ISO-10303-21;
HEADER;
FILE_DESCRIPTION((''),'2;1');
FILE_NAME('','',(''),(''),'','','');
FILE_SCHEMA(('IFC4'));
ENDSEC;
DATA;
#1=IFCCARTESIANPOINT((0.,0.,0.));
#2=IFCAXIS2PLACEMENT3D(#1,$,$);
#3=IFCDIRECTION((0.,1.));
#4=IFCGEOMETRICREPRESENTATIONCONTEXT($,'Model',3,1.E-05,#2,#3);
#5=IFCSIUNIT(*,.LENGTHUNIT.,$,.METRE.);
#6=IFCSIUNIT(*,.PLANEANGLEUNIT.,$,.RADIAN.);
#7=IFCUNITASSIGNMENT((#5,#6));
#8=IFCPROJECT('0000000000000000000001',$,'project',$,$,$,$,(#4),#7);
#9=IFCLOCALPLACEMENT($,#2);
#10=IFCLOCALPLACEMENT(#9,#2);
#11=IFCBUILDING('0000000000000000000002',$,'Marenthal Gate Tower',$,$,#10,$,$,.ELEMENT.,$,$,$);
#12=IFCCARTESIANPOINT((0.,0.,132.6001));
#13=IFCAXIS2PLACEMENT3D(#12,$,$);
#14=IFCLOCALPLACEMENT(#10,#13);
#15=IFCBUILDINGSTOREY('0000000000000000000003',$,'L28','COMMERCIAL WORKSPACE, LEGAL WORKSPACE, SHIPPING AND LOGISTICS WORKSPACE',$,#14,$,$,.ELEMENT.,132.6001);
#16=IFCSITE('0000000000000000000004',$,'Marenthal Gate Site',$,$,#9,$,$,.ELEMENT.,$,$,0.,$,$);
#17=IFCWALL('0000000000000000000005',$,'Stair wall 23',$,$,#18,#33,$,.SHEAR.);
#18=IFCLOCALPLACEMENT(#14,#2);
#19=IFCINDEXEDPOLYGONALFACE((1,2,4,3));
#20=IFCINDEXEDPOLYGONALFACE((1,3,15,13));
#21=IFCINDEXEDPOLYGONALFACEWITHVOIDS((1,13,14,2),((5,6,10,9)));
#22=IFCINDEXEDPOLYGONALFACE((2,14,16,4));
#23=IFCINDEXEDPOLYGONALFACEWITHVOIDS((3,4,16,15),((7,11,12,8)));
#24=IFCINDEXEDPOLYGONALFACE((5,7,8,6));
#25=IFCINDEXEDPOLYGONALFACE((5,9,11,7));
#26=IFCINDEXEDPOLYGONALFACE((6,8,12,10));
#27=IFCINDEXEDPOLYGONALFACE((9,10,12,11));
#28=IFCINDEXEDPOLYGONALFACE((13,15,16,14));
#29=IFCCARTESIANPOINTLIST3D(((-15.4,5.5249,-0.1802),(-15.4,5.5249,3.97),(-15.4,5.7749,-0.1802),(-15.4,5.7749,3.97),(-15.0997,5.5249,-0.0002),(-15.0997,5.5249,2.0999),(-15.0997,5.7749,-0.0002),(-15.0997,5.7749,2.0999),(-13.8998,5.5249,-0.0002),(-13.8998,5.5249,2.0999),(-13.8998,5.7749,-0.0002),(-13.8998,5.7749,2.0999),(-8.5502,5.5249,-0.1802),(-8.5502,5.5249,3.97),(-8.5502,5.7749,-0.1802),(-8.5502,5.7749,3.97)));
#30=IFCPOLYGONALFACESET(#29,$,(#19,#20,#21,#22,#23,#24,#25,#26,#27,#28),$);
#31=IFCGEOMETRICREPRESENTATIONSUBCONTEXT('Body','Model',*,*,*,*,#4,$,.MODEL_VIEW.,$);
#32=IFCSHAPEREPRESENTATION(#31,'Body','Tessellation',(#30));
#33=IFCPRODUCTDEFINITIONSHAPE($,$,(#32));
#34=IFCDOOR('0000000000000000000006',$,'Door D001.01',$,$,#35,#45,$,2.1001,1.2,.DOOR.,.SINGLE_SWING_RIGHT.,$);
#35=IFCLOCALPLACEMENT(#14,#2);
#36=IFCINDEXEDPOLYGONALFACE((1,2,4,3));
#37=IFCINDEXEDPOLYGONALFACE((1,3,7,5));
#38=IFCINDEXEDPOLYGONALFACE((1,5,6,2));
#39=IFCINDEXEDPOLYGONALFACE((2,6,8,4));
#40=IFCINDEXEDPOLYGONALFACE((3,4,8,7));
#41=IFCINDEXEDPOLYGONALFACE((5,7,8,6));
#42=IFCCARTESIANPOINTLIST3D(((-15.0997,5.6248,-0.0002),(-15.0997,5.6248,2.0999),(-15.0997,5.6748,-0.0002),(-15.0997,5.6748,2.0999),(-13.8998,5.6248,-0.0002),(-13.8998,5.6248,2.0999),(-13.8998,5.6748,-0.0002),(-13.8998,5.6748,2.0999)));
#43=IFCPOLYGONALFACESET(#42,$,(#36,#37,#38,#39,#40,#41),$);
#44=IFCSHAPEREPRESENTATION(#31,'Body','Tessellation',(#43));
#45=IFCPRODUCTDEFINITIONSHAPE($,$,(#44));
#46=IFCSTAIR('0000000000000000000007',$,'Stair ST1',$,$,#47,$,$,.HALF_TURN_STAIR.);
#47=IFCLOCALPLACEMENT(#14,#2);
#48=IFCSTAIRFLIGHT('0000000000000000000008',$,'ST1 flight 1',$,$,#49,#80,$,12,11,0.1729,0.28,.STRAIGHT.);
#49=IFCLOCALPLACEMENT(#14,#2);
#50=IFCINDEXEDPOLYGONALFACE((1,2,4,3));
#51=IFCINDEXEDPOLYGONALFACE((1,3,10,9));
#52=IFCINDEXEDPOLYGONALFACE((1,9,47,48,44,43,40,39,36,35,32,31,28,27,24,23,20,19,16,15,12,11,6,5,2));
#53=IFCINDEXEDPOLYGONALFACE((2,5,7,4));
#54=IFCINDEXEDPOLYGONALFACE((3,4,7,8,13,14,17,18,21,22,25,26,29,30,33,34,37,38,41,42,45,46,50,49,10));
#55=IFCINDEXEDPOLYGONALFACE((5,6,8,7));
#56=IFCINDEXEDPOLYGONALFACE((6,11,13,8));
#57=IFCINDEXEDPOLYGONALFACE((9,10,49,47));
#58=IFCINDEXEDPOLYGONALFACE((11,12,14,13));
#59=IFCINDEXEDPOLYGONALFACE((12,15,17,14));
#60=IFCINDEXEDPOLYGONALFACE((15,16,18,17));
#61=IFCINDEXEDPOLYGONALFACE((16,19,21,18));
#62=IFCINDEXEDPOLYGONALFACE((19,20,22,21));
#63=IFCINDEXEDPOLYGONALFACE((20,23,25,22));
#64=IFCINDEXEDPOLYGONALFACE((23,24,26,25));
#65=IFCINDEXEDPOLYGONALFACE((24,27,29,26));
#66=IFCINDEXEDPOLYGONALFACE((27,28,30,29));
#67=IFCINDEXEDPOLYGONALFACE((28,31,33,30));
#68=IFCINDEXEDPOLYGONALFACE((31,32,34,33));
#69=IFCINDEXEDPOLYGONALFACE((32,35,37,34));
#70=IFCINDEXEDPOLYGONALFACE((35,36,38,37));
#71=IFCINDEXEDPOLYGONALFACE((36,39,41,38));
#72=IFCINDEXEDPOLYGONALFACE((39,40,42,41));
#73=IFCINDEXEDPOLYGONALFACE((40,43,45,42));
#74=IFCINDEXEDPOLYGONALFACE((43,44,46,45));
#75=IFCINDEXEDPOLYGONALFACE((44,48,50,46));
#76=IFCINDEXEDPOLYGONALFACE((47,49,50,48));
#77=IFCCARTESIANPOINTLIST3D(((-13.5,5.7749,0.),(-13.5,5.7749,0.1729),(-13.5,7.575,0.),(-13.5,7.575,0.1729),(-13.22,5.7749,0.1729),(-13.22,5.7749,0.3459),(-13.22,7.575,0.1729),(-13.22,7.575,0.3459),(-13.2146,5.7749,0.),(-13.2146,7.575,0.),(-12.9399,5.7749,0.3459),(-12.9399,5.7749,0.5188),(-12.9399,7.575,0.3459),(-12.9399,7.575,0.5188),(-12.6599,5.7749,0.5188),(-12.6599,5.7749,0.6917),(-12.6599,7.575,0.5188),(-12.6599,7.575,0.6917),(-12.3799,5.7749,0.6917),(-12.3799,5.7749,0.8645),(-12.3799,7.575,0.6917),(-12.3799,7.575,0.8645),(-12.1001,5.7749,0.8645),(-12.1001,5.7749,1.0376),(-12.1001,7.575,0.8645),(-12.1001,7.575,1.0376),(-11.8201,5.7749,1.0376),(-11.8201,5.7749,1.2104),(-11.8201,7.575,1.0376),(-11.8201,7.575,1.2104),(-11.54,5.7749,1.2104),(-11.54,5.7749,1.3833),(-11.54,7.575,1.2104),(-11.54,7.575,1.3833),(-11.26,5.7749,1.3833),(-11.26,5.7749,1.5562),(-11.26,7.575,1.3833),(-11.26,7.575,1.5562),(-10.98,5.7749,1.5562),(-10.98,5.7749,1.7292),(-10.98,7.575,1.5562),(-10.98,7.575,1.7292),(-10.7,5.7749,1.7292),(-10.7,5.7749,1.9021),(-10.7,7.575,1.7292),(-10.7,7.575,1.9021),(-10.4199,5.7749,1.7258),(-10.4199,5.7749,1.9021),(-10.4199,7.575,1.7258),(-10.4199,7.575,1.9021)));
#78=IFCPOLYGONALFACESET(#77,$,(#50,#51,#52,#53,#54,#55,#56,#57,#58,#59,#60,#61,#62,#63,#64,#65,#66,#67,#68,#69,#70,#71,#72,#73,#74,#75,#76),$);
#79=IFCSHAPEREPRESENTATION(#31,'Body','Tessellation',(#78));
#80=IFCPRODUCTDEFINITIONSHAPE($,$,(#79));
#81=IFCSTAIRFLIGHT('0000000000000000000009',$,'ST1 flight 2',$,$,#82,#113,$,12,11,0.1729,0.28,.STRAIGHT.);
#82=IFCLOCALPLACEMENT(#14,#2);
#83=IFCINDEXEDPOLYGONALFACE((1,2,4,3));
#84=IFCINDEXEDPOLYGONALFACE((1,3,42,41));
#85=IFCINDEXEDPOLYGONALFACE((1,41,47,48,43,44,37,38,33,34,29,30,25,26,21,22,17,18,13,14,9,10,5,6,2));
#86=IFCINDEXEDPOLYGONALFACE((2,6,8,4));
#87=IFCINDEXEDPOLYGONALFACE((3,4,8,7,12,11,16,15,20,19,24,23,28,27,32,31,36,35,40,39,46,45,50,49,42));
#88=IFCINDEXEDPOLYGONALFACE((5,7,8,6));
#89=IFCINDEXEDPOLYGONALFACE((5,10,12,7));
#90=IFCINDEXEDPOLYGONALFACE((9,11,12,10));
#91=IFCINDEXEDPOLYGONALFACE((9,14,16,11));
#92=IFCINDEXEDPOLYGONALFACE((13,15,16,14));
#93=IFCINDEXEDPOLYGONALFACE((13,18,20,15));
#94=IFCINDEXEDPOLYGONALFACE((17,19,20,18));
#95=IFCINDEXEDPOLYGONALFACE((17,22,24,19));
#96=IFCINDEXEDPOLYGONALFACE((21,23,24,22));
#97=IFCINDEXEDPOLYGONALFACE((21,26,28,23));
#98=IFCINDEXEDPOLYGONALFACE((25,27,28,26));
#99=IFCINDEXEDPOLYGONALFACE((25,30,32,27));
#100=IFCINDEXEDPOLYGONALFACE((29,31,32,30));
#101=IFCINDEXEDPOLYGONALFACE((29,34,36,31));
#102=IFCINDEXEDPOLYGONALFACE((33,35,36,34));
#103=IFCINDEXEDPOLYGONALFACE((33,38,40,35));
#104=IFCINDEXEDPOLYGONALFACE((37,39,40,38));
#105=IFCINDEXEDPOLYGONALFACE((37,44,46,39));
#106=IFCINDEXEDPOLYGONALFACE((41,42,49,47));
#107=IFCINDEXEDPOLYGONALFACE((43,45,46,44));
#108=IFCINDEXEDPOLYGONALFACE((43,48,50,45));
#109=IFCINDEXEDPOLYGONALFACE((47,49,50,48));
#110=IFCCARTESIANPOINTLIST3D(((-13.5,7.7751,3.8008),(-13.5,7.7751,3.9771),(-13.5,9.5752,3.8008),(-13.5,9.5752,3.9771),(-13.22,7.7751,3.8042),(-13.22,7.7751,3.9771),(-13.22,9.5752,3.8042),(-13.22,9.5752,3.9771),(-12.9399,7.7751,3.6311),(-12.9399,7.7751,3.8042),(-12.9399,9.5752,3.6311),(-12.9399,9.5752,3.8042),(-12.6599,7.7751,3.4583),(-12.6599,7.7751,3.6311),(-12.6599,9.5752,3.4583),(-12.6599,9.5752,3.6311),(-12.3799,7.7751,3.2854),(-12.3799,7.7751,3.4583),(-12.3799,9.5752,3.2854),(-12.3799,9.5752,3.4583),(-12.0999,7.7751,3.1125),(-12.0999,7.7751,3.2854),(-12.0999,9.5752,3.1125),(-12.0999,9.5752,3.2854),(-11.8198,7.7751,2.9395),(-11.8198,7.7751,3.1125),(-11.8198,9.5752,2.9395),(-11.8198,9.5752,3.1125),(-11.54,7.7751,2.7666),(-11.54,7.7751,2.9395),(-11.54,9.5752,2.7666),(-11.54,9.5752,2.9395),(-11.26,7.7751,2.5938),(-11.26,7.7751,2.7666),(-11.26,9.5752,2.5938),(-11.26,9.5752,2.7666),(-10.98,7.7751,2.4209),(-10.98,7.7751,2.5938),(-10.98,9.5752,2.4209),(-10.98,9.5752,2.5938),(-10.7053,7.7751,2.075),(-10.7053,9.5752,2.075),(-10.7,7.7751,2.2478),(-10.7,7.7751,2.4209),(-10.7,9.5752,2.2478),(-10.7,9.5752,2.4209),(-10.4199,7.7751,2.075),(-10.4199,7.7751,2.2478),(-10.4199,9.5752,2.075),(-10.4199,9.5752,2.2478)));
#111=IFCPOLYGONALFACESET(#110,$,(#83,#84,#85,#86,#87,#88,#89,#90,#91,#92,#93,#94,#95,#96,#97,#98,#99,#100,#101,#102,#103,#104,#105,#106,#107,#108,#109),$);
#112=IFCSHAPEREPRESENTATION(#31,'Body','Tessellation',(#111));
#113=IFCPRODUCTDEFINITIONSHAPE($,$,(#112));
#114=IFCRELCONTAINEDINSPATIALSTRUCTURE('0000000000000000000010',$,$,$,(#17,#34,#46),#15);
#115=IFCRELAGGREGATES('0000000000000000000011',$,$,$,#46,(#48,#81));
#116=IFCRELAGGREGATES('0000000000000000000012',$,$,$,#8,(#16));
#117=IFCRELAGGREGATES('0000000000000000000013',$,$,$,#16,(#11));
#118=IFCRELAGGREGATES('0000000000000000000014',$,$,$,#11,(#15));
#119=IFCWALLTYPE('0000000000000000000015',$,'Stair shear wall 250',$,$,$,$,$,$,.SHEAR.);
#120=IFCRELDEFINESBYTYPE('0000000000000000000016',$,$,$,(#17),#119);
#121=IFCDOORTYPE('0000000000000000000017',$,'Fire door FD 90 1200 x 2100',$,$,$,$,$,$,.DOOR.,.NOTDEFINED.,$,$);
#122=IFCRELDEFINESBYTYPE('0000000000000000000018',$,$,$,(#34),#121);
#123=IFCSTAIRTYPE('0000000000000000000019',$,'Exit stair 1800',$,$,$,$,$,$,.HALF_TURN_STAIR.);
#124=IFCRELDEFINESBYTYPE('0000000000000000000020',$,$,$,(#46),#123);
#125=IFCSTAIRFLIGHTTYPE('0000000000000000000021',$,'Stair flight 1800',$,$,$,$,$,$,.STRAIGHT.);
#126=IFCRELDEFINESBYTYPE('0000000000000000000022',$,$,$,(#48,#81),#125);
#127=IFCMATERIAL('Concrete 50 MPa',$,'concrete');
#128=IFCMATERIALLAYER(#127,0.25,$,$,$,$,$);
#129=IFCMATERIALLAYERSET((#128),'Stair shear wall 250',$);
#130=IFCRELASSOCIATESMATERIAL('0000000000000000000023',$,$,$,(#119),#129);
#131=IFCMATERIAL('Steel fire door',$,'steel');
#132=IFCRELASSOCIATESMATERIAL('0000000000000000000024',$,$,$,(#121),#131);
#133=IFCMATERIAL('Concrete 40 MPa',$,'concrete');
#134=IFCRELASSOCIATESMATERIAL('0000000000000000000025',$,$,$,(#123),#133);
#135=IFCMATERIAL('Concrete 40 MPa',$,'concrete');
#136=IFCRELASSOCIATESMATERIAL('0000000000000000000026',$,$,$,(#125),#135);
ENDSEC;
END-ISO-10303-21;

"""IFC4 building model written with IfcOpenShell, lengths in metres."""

from ifc_helpers import new_model, si_unit, direction, frame, frame_2d, origin, place, context, subcontext, project, spatial, polyline, rectangle, outline, extrude, material, layer, layer_set, type_object, element, fill, aggregate, save


model = new_model("IFC4")

# Units and contexts
model_context = context("Model", 3, precision=1e-05, world=origin(), true_north=direction((0.0, 1.0)))
body_context = subcontext(model_context, "Body", "Model", "MODEL_VIEW")
ifc_project = project(units=[si_unit("LENGTHUNIT", "METRE"), si_unit("PLANEANGLEUNIT", "RADIAN")], contexts=[model_context])

# Site, building, storey
site_placement = place(None, origin())
site = spatial("IfcSite", under=ifc_project, at=site_placement, Name="Marenthal Gate Site", CompositionType="ELEMENT", RefElevation=0.0)
building_placement = place(site_placement, origin())
building = spatial("IfcBuilding", under=site, at=building_placement, Name="Marenthal Gate Tower", CompositionType="ELEMENT")
storey_placement = place(building_placement, frame((0.0, 0.0, 132.6001)))
storey = spatial("IfcBuildingStorey", under=building, at=storey_placement, Name="L28", Description="COMMERCIAL WORKSPACE, LEGAL WORKSPACE, SHIPPING AND LOGISTICS WORKSPACE", CompositionType="ELEMENT", Elevation=132.6001)

# Wall, opening, door
ifc_material_1 = material(Name="Concrete 50 MPa", Category="concrete")
ifc_layer_1 = layer(ifc_material_1, 0.25)
ifc_layer_set_1 = layer_set([ifc_layer_1], Name="Stair shear wall 250")
wall_type_1 = type_object("IfcWallType", Name="Stair shear wall 250", PredefinedType="SHEAR", material=ifc_layer_set_1)
wall_1_placement = place(storey_placement, frame((-15.3999, 5.6499, -0.1802), z_axis=(0.0, 0.0, 1.0), x_axis=(1.0, 0.0, 0.0)))
wall_1 = element("IfcWall", 1, at=wall_1_placement, inside=storey, type_object=wall_type_1, Name="Stair wall 23", PredefinedType="SHEAR", context=body_context, shape_type="SweptSolid", body=[
    extrude(rectangle(XDim=6.8499, YDim=0.25, at=frame_2d((3.4248, 0.0))), origin(), (0.0, 0.0, 1.0), 4.1501),
])
opening_1_placement = place(wall_1_placement, frame((0.3, 0.0, 0.1799)))
opening_1 = element("IfcOpeningElement", 2, at=opening_1_placement, cuts=wall_1, PredefinedType="OPENING", context=body_context, shape_type="SweptSolid", body=[
    extrude(rectangle(XDim=1.2, YDim=2.1001, at=frame_2d((0.6001, 1.05))), frame((0.0, 0.135, 0.0), z_axis=(0.0, -1.0, 0.0), x_axis=(1.0, 0.0, 0.0)), (0.0, 0.0, 1.0), 0.27),
])
ifc_material_2 = material(Name="Steel fire door", Category="steel")
door_type_1 = type_object("IfcDoorType", Name="Fire door FD 90 1200 x 2100", OperationType="NOTDEFINED", PredefinedType="DOOR", material=ifc_material_2)
door_1_placement = place(opening_1_placement, origin())
door_1 = element("IfcDoor", 3, at=door_1_placement, inside=storey, type_object=door_type_1, Name="Door D001.01", OperationType="SINGLE_SWING_RIGHT", OverallHeight=2.1001, OverallWidth=1.2, PredefinedType="DOOR", context=body_context, shape_type="SweptSolid", body=[
    extrude(rectangle(XDim=1.2, YDim=2.1001, at=frame_2d((0.6001, 1.05))), frame((0.0, 0.0249, 0.0), z_axis=(0.0, -1.0, 0.0), x_axis=(1.0, 0.0, 0.0)), (0.0, 0.0, 1.0), 0.05),
])
fill(opening_1, door_1)

# Stair, stair flights
ifc_material_3 = material(Name="Concrete 40 MPa", Category="concrete")
stair_type = type_object("IfcStairType", Name="Exit stair 1800", PredefinedType="HALF_TURN_STAIR", material=ifc_material_3)
stair_placement = place(storey_placement, origin())
stair = element("IfcStair", 4, at=stair_placement, inside=storey, type_object=stair_type, Name="Stair ST1", PredefinedType="HALF_TURN_STAIR")
ifc_material_4 = material(Name="Concrete 40 MPa", Category="concrete")
stair_flight_type = type_object("IfcStairFlightType", Name="Stair flight 1800", PredefinedType="STRAIGHT", material=ifc_material_4)
stair_flight_1_placement = place(storey_placement, frame((-13.5, 6.675, 0.0), z_axis=(0.0, 0.0, 1.0), x_axis=(1.0, 0.0, 0.0)))
stair_flight_1 = element("IfcStairFlight", 5, at=stair_flight_1_placement, type_object=stair_flight_type, Name="ST1 flight 1", NumberOfRisers=12, NumberOfTreads=11, PredefinedType="STRAIGHT", RiserHeight=0.1729, TreadLength=0.28, context=body_context, shape_type="SweptSolid", body=[
    extrude(outline(polyline([(0.0, 0.0), (0.0, 0.1729), (0.28, 0.1729), (0.28, 0.3459), (0.5601, 0.3459), (0.5601, 0.5188), (0.8401, 0.5188), (0.8401, 0.6917), (1.1201, 0.6917), (1.1201, 0.8645), (1.3999, 0.8645), (1.3999, 1.0376), (1.6799, 1.0376), (1.6799, 1.2104), (1.96, 1.2104), (1.96, 1.3833), (2.24, 1.3833), (2.24, 1.5562), (2.52, 1.5562), (2.52, 1.7292), (2.8, 1.7292), (2.8, 1.9021), (3.0801, 1.9021), (3.0801, 2.075), (3.0801, 1.7258), (0.2854, 0.0), (0.0, 0.0)])), frame((0.0, 0.8999, 0.0), z_axis=(0.0, -1.0, 0.0), x_axis=(1.0, 0.0, 0.0)), (0.0, 0.0, 1.0), 1.8),
])
stair_flight_2_placement = place(storey_placement, frame((-10.4199, 8.675, 2.075), z_axis=(0.0, 0.0, 1.0), x_axis=(-1.0, 0.0, 0.0)))
stair_flight_2 = element("IfcStairFlight", 6, at=stair_flight_2_placement, type_object=stair_flight_type, Name="ST1 flight 2", NumberOfRisers=12, NumberOfTreads=11, PredefinedType="STRAIGHT", RiserHeight=0.1729, TreadLength=0.28, context=body_context, shape_type="SweptSolid", body=[
    extrude(outline(polyline([(0.0, 0.0), (0.0, 0.1729), (0.28, 0.1729), (0.28, 0.3459), (0.5601, 0.3459), (0.5601, 0.5188), (0.8401, 0.5188), (0.8401, 0.6917), (1.1201, 0.6917), (1.1201, 0.8645), (1.3999, 0.8645), (1.3999, 1.0376), (1.6799, 1.0376), (1.6799, 1.2104), (1.96, 1.2104), (1.96, 1.3833), (2.24, 1.3833), (2.24, 1.5562), (2.52, 1.5562), (2.52, 1.7292), (2.8, 1.7292), (2.8, 1.9021), (3.0801, 1.9021), (3.0801, 2.075), (3.0801, 1.7258), (0.2854, 0.0), (0.0, 0.0)])), frame((0.0, 0.8999, 0.0), z_axis=(0.0, -1.0, 0.0), x_axis=(1.0, 0.0, 0.0)), (0.0, 0.0, 1.0), 1.8),
])
aggregate(stair, [stair_flight_1, stair_flight_2])

save(model, "model.ifc")
